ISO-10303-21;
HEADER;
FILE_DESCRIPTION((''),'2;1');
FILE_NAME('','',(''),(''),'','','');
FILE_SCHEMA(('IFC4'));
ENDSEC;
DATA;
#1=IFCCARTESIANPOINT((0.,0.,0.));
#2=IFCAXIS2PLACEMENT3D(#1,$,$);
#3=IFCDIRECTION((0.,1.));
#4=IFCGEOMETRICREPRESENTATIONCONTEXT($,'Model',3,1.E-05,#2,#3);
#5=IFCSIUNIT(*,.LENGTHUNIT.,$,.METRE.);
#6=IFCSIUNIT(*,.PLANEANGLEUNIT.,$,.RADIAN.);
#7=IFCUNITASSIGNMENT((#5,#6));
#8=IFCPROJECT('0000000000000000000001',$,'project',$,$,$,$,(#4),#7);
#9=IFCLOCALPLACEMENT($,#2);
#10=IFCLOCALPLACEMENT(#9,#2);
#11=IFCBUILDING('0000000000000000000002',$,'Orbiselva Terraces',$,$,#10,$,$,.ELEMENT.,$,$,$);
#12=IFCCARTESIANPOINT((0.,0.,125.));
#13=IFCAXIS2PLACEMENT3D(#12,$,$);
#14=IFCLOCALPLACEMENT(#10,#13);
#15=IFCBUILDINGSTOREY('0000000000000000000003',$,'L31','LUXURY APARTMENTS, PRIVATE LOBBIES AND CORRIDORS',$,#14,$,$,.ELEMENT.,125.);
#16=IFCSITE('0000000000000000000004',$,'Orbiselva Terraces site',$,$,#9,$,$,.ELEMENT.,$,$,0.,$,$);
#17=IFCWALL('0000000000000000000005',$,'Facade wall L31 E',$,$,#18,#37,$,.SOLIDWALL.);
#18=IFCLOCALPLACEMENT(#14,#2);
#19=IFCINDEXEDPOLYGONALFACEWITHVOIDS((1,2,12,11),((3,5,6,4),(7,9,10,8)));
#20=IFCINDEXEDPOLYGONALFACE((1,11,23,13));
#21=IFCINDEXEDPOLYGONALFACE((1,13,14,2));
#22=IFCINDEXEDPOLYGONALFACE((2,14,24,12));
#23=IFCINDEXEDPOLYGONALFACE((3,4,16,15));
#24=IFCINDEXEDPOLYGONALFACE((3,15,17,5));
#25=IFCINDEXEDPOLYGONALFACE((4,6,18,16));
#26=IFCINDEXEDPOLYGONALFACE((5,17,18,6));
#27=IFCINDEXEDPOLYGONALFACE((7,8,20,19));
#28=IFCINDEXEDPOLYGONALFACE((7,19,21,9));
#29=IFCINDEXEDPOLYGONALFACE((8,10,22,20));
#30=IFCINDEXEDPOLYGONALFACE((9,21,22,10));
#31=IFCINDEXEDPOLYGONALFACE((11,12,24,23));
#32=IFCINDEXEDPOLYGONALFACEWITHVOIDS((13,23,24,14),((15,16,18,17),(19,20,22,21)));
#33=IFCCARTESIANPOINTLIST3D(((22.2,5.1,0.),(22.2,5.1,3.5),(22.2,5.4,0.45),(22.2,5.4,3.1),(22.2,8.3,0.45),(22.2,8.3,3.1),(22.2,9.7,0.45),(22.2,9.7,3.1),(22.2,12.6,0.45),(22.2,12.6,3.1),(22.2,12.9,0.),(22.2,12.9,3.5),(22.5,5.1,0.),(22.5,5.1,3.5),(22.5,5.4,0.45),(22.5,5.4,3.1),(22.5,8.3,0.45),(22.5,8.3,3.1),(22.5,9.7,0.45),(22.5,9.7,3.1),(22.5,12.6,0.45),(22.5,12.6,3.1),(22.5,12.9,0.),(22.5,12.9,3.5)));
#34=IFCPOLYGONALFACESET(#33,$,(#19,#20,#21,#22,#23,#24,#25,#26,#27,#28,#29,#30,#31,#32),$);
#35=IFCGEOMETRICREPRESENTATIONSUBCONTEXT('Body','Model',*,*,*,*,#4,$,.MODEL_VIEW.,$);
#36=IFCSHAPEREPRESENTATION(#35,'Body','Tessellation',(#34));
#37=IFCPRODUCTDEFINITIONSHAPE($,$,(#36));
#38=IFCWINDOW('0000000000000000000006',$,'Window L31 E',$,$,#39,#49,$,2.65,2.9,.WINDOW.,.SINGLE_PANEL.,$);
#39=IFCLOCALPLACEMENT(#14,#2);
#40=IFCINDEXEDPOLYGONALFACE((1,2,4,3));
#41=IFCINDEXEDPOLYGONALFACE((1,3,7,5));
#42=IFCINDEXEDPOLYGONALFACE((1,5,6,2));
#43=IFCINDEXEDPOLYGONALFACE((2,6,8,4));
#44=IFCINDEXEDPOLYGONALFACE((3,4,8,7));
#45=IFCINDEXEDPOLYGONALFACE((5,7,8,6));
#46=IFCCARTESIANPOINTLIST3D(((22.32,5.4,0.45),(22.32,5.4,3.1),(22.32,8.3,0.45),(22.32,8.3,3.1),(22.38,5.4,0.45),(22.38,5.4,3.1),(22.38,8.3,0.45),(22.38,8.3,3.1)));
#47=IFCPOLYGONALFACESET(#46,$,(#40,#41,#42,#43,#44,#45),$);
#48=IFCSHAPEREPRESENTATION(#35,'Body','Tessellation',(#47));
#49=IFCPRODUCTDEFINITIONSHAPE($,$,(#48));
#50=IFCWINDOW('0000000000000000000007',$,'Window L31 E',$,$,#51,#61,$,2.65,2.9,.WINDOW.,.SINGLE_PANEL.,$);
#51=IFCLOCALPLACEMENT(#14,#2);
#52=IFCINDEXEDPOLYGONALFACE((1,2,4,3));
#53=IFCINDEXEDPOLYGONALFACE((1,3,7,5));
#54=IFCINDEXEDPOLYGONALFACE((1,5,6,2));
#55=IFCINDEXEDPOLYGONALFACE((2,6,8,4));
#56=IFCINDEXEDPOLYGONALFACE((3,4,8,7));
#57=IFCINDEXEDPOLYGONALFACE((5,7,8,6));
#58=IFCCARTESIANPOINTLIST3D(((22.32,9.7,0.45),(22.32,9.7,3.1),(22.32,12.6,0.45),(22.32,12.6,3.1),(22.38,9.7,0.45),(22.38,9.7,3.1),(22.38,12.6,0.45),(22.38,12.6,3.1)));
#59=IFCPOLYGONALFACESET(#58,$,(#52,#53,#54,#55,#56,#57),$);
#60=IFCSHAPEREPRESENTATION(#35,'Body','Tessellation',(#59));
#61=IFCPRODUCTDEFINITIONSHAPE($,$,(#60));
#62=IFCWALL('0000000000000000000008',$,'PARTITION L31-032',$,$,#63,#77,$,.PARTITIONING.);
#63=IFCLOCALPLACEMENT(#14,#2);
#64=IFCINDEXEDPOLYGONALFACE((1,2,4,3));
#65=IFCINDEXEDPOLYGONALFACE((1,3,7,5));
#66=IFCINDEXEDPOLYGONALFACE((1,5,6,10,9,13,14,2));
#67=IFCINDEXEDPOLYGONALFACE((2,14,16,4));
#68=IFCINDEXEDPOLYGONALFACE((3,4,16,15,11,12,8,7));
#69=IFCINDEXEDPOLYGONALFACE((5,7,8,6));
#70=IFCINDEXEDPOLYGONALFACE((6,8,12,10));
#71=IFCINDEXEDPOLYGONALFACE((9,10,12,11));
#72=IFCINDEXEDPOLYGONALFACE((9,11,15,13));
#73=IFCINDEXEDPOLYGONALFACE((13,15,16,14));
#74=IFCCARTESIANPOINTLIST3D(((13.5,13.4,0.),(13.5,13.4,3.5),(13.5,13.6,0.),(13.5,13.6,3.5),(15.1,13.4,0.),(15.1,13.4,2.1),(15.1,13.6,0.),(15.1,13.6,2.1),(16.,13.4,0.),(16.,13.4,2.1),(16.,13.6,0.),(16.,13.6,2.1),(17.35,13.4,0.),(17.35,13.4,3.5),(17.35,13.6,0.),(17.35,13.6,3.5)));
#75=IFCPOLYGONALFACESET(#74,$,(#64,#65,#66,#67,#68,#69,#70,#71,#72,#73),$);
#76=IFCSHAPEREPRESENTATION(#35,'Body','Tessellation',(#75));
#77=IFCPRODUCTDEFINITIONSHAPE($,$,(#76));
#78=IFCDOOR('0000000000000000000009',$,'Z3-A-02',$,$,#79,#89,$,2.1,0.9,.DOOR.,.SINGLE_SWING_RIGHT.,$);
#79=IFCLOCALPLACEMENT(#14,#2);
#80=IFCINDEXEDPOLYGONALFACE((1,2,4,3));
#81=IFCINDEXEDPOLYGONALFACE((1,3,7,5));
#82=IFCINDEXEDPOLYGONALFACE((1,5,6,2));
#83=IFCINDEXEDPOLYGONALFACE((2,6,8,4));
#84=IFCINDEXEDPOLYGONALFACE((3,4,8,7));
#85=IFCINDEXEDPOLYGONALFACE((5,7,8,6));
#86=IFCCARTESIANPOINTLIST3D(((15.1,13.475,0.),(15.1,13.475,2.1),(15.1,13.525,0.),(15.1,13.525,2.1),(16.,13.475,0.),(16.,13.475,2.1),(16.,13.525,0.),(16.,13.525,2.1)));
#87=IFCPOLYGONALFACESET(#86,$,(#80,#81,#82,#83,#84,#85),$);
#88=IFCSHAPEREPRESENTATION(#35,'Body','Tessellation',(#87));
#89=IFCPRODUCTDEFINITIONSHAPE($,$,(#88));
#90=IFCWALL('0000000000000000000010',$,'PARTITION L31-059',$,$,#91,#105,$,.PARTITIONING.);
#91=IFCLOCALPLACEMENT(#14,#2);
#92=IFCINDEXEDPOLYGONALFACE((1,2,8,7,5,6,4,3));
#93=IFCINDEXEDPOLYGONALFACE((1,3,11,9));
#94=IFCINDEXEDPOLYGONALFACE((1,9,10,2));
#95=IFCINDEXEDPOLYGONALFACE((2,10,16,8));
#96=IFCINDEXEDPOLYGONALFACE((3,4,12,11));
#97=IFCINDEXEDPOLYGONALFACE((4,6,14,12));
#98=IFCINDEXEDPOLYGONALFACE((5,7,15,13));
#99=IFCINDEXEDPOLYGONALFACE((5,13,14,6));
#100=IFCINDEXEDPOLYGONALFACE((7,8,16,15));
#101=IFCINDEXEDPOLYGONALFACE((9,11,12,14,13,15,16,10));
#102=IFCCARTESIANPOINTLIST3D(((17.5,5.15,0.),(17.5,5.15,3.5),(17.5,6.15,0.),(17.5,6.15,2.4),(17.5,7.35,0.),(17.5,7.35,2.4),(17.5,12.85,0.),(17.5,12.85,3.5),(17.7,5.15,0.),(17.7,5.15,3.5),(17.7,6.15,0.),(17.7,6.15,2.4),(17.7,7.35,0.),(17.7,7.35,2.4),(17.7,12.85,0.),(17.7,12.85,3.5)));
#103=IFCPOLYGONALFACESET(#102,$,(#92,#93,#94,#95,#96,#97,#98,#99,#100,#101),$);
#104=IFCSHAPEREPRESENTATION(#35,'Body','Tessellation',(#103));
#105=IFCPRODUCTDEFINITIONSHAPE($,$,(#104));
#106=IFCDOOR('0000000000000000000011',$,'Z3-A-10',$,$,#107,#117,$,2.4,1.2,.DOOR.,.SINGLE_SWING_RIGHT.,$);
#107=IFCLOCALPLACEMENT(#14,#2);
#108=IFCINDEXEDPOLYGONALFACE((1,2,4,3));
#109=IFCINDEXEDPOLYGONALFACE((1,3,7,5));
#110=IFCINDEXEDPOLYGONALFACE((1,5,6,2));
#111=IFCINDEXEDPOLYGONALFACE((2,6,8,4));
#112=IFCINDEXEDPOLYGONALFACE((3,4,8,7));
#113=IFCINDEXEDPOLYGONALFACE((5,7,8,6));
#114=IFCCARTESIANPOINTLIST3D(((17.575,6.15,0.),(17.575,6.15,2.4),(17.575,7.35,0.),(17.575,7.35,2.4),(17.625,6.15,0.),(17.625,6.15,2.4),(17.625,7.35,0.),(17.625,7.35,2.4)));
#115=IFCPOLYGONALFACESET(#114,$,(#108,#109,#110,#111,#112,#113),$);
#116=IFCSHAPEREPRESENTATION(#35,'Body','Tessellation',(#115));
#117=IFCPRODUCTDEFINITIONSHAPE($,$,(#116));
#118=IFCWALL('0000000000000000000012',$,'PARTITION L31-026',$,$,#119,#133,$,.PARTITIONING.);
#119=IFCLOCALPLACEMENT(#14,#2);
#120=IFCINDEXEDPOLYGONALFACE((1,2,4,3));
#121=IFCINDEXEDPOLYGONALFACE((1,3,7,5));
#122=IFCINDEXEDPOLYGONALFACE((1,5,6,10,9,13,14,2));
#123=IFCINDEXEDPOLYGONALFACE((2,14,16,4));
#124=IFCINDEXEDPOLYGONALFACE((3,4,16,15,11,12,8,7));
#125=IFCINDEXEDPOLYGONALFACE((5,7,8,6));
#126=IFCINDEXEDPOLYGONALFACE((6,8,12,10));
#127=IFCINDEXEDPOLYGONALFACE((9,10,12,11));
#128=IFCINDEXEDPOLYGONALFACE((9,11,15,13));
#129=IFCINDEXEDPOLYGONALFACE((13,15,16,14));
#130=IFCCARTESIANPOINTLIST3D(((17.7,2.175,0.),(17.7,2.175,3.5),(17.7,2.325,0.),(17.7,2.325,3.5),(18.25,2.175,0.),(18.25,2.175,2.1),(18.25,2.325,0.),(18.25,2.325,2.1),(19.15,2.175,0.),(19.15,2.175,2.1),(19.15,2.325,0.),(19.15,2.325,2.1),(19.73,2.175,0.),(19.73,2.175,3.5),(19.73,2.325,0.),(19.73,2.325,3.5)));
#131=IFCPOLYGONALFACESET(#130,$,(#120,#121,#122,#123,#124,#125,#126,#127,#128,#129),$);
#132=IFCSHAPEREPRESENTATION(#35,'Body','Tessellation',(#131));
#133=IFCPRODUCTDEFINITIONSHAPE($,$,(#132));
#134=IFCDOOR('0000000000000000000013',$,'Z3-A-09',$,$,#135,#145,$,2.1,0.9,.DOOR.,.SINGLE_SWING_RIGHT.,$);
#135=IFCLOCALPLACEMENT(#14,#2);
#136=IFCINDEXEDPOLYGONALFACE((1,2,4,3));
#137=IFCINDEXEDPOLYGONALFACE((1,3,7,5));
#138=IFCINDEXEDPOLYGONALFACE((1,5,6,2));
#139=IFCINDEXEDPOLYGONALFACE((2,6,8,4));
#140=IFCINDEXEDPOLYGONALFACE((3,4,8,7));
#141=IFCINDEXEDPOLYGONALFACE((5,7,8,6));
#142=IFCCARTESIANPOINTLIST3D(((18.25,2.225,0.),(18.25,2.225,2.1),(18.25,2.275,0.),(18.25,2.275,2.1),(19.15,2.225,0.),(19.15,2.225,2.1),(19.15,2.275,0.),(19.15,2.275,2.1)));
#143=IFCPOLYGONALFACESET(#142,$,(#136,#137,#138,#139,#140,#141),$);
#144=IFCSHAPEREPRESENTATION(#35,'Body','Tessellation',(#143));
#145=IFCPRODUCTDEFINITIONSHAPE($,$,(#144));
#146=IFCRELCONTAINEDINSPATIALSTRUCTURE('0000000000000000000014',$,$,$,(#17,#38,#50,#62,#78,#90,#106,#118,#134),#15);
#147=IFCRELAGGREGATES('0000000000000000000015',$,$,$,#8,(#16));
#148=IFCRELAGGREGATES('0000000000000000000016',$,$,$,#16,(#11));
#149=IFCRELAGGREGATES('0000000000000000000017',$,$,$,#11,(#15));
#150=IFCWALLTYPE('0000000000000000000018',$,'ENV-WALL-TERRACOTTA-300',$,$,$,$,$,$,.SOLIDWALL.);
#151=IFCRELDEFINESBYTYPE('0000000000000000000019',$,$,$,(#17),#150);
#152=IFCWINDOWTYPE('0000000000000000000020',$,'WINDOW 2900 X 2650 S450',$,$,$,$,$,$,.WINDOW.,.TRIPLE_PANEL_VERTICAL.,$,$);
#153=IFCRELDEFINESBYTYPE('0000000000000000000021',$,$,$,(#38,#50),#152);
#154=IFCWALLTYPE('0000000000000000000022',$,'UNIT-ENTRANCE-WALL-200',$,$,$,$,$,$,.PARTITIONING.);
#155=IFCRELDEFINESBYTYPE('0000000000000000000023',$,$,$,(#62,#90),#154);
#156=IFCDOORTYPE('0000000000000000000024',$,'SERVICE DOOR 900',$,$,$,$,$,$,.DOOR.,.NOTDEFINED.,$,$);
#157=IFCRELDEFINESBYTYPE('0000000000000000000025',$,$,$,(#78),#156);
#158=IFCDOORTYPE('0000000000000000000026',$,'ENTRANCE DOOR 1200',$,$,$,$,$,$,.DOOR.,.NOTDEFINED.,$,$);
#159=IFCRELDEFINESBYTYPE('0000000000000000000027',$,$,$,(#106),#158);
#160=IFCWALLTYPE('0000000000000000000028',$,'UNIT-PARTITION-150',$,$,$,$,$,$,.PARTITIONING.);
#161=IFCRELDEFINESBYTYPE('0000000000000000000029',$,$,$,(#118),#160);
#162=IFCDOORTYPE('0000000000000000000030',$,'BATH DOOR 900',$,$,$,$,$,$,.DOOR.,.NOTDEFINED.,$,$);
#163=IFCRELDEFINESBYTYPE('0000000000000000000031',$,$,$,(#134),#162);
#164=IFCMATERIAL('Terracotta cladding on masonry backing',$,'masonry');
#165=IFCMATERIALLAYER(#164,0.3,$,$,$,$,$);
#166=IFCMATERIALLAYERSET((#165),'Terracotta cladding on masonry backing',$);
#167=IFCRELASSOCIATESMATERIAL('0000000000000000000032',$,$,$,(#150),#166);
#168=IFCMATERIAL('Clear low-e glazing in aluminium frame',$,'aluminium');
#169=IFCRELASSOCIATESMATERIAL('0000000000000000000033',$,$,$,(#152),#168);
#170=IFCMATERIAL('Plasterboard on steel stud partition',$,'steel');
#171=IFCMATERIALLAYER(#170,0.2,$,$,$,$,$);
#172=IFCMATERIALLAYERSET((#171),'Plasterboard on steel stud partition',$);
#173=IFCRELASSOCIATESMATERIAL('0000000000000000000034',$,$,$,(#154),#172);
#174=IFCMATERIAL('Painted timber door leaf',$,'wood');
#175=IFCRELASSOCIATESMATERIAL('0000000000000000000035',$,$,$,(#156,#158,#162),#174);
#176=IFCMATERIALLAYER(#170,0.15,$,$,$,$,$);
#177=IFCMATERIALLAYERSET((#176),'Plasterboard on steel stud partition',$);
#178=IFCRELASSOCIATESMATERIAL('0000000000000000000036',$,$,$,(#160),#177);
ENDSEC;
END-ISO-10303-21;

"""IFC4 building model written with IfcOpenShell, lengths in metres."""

from ifc_helpers import new_model, si_unit, direction, frame, frame_2d, origin, place, context, subcontext, project, spatial, rectangle, extrude, material, layer, layer_set, type_object, element, fill, save


model = new_model("IFC4")

# Units and contexts
model_context = context("Model", 3, precision=1e-05, world=origin(), true_north=direction((0.0, 1.0)))
body_context = subcontext(model_context, "Body", "Model", "MODEL_VIEW")
ifc_project = project(units=[si_unit("LENGTHUNIT", "METRE"), si_unit("PLANEANGLEUNIT", "RADIAN")], contexts=[model_context])

# Site, building, storey
site_placement = place(None, origin())
site = spatial("IfcSite", under=ifc_project, at=site_placement, Name="Orbiselva Terraces site", CompositionType="ELEMENT", RefElevation=0.0)
building_placement = place(site_placement, origin())
building = spatial("IfcBuilding", under=site, at=building_placement, Name="Orbiselva Terraces", CompositionType="ELEMENT")
storey_placement = place(building_placement, frame((0.0, 0.0, 125.0)))
storey = spatial("IfcBuildingStorey", under=building, at=storey_placement, Name="L31", Description="LUXURY APARTMENTS, PRIVATE LOBBIES AND CORRIDORS", CompositionType="ELEMENT", Elevation=125.0)

# Shared definitions
ifc_material_1 = material(Name="Terracotta cladding on masonry backing", Category="masonry")
ifc_layer_1 = layer(ifc_material_1, 0.3)
ifc_layer_set_1 = layer_set([ifc_layer_1], Name="Terracotta cladding on masonry backing")
wall_type_1 = type_object("IfcWallType", Name="ENV-WALL-TERRACOTTA-300", PredefinedType="SOLIDWALL", material=ifc_layer_set_1)
ifc_material_2 = material(Name="Clear low-e glazing in aluminium frame", Category="aluminium")

# Wall, openings, windows
wall_1_placement = place(storey_placement, frame((22.35, 12.9, 0.0), z_axis=(0.0, 0.0, 1.0), x_axis=(0.0, -1.0, 0.0)))
wall_1 = element("IfcWall", 1, at=wall_1_placement, inside=storey, type_object=wall_type_1, Name="Facade wall L31 E", PredefinedType="SOLIDWALL", context=body_context, shape_type="SweptSolid", body=[
    extrude(rectangle(XDim=7.8, YDim=0.3, at=frame_2d((3.9, 0.0))), origin(), (0.0, 0.0, 1.0), 3.5),
])
opening_1_placement = place(wall_1_placement, frame((4.6, 0.0, 0.45)))
opening_1 = element("IfcOpeningElement", 2, at=opening_1_placement, cuts=wall_1, PredefinedType="OPENING", context=body_context, shape_type="SweptSolid", body=[
    extrude(rectangle(XDim=2.9, YDim=2.65, at=frame_2d((1.45, 1.325))), frame((0.0, 0.16, 0.0), z_axis=(0.0, -1.0, 0.0), x_axis=(1.0, 0.0, 0.0)), (0.0, 0.0, 1.0), 0.32),
])
opening_2_placement = place(wall_1_placement, frame((0.3, 0.0, 0.45)))
opening_2 = element("IfcOpeningElement", 3, at=opening_2_placement, cuts=wall_1, PredefinedType="OPENING", context=body_context, shape_type="SweptSolid", body=[
    extrude(rectangle(XDim=2.9, YDim=2.65, at=frame_2d((1.45, 1.325))), frame((0.0, 0.16, 0.0), z_axis=(0.0, -1.0, 0.0), x_axis=(1.0, 0.0, 0.0)), (0.0, 0.0, 1.0), 0.32),
])
window_type = type_object("IfcWindowType", Name="WINDOW 2900 X 2650 S450", PartitioningType="TRIPLE_PANEL_VERTICAL", PredefinedType="WINDOW", material=ifc_material_2)
window_1_placement = place(opening_1_placement, origin())
window_1 = element("IfcWindow", 4, at=window_1_placement, inside=storey, type_object=window_type, Name="Window L31 E", OverallHeight=2.65, OverallWidth=2.9, PartitioningType="SINGLE_PANEL", PredefinedType="WINDOW", context=body_context, shape_type="SweptSolid", body=[
    extrude(rectangle(XDim=2.9, YDim=2.65, at=frame_2d((1.45, 1.325))), frame((0.0, 0.03, 0.0), z_axis=(0.0, -1.0, 0.0), x_axis=(1.0, 0.0, 0.0)), (0.0, 0.0, 1.0), 0.06),
])
fill(opening_1, window_1)
window_2_placement = place(opening_2_placement, origin())
window_2 = element("IfcWindow", 5, at=window_2_placement, inside=storey, type_object=window_type, Name="Window L31 E", OverallHeight=2.65, OverallWidth=2.9, PartitioningType="SINGLE_PANEL", PredefinedType="WINDOW", context=body_context, shape_type="SweptSolid", body=[
    extrude(rectangle(XDim=2.9, YDim=2.65, at=frame_2d((1.45, 1.325))), frame((0.0, 0.03, 0.0), z_axis=(0.0, -1.0, 0.0), x_axis=(1.0, 0.0, 0.0)), (0.0, 0.0, 1.0), 0.06),
])
fill(opening_2, window_2)

# Walls, openings, doors
ifc_material_3 = material(Name="Plasterboard on steel stud partition", Category="steel")
ifc_layer_2 = layer(ifc_material_3, 0.2)
ifc_layer_set_2 = layer_set([ifc_layer_2], Name="Plasterboard on steel stud partition")
wall_type_2 = type_object("IfcWallType", Name="UNIT-ENTRANCE-WALL-200", PredefinedType="PARTITIONING", material=ifc_layer_set_2)
wall_2_placement = place(storey_placement, frame((13.5, 13.5, 0.0), z_axis=(0.0, 0.0, 1.0), x_axis=(1.0, 0.0, 0.0)))
wall_2 = element("IfcWall", 6, at=wall_2_placement, inside=storey, type_object=wall_type_2, Name="PARTITION L31-032", PredefinedType="PARTITIONING", context=body_context, shape_type="SweptSolid", body=[
    extrude(rectangle(XDim=3.85, YDim=0.2, at=frame_2d((1.925, 0.0))), origin(), (0.0, 0.0, 1.0), 3.5),
])
opening_3_placement = place(wall_2_placement, frame((1.6, 0.0, 0.0)))
opening_3 = element("IfcOpeningElement", 7, at=opening_3_placement, cuts=wall_2, PredefinedType="OPENING", context=body_context, shape_type="SweptSolid", body=[
    extrude(rectangle(XDim=0.9, YDim=2.1, at=frame_2d((0.45, 1.05))), frame((0.0, 0.11, 0.0), z_axis=(0.0, -1.0, 0.0), x_axis=(1.0, 0.0, 0.0)), (0.0, 0.0, 1.0), 0.22),
])
ifc_material_4 = material(Name="Painted timber door leaf", Category="wood")
door_type_1 = type_object("IfcDoorType", Name="SERVICE DOOR 900", OperationType="NOTDEFINED", PredefinedType="DOOR", material=ifc_material_4)
door_1_placement = place(opening_3_placement, origin())
door_1 = element("IfcDoor", 8, at=door_1_placement, inside=storey, type_object=door_type_1, Name="Z3-A-02", OperationType="SINGLE_SWING_RIGHT", OverallHeight=2.1, OverallWidth=0.9, PredefinedType="DOOR", context=body_context, shape_type="SweptSolid", body=[
    extrude(rectangle(XDim=0.9, YDim=2.1, at=frame_2d((0.45, 1.05))), frame((0.0, 0.025, 0.0), z_axis=(0.0, -1.0, 0.0), x_axis=(1.0, 0.0, 0.0)), (0.0, 0.0, 1.0), 0.05),
])
fill(opening_3, door_1)
wall_3_placement = place(storey_placement, frame((17.6, 12.85, 0.0), z_axis=(0.0, 0.0, 1.0), x_axis=(0.0, -1.0, 0.0)))
wall_3 = element("IfcWall", 9, at=wall_3_placement, inside=storey, type_object=wall_type_2, Name="PARTITION L31-059", PredefinedType="PARTITIONING", context=body_context, shape_type="SweptSolid", body=[
    extrude(rectangle(XDim=7.7, YDim=0.2, at=frame_2d((3.85, 0.0))), origin(), (0.0, 0.0, 1.0), 3.5),
])
opening_4_placement = place(wall_3_placement, frame((5.5, 0.0, 0.0)))
opening_4 = element("IfcOpeningElement", 10, at=opening_4_placement, cuts=wall_3, PredefinedType="OPENING", context=body_context, shape_type="SweptSolid", body=[
    extrude(rectangle(XDim=1.2, YDim=2.4, at=frame_2d((0.6, 1.2))), frame((0.0, 0.11, 0.0), z_axis=(0.0, -1.0, 0.0), x_axis=(1.0, 0.0, 0.0)), (0.0, 0.0, 1.0), 0.22),
])
door_type_2 = type_object("IfcDoorType", Name="ENTRANCE DOOR 1200", OperationType="NOTDEFINED", PredefinedType="DOOR", material=ifc_material_4)
door_2_placement = place(opening_4_placement, origin())
door_2 = element("IfcDoor", 11, at=door_2_placement, inside=storey, type_object=door_type_2, Name="Z3-A-10", OperationType="SINGLE_SWING_RIGHT", OverallHeight=2.4, OverallWidth=1.2, PredefinedType="DOOR", context=body_context, shape_type="SweptSolid", body=[
    extrude(rectangle(XDim=1.2, YDim=2.4, at=frame_2d((0.6, 1.2))), frame((0.0, 0.025, 0.0), z_axis=(0.0, -1.0, 0.0), x_axis=(1.0, 0.0, 0.0)), (0.0, 0.0, 1.0), 0.05),
])
fill(opening_4, door_2)
ifc_layer_3 = layer(ifc_material_3, 0.15)
ifc_layer_set_3 = layer_set([ifc_layer_3], Name="Plasterboard on steel stud partition")
wall_type_3 = type_object("IfcWallType", Name="UNIT-PARTITION-150", PredefinedType="PARTITIONING", material=ifc_layer_set_3)
wall_4_placement = place(storey_placement, frame((19.73, 2.25, 0.0), z_axis=(0.0, 0.0, 1.0), x_axis=(-1.0, 0.0, 0.0)))
wall_4 = element("IfcWall", 12, at=wall_4_placement, inside=storey, type_object=wall_type_3, Name="PARTITION L31-026", PredefinedType="PARTITIONING", context=body_context, shape_type="SweptSolid", body=[
    extrude(rectangle(XDim=2.03, YDim=0.15, at=frame_2d((1.015, 0.0))), origin(), (0.0, 0.0, 1.0), 3.5),
])
opening_5_placement = place(wall_4_placement, frame((0.58, 0.0, 0.0)))
opening_5 = element("IfcOpeningElement", 13, at=opening_5_placement, cuts=wall_4, PredefinedType="OPENING", context=body_context, shape_type="SweptSolid", body=[
    extrude(rectangle(XDim=0.9, YDim=2.1, at=frame_2d((0.45, 1.05))), frame((0.0, 0.085, 0.0), z_axis=(0.0, -1.0, 0.0), x_axis=(1.0, 0.0, 0.0)), (0.0, 0.0, 1.0), 0.17),
])
door_type_3 = type_object("IfcDoorType", Name="BATH DOOR 900", OperationType="NOTDEFINED", PredefinedType="DOOR", material=ifc_material_4)
door_3_placement = place(opening_5_placement, origin())
door_3 = element("IfcDoor", 14, at=door_3_placement, inside=storey, type_object=door_type_3, Name="Z3-A-09", OperationType="SINGLE_SWING_RIGHT", OverallHeight=2.1, OverallWidth=0.9, PredefinedType="DOOR", context=body_context, shape_type="SweptSolid", body=[
    extrude(rectangle(XDim=0.9, YDim=2.1, at=frame_2d((0.45, 1.05))), frame((0.0, 0.025, 0.0), z_axis=(0.0, -1.0, 0.0), x_axis=(1.0, 0.0, 0.0)), (0.0, 0.0, 1.0), 0.05),
])
fill(opening_5, door_3)

save(model, "model.ifc")
